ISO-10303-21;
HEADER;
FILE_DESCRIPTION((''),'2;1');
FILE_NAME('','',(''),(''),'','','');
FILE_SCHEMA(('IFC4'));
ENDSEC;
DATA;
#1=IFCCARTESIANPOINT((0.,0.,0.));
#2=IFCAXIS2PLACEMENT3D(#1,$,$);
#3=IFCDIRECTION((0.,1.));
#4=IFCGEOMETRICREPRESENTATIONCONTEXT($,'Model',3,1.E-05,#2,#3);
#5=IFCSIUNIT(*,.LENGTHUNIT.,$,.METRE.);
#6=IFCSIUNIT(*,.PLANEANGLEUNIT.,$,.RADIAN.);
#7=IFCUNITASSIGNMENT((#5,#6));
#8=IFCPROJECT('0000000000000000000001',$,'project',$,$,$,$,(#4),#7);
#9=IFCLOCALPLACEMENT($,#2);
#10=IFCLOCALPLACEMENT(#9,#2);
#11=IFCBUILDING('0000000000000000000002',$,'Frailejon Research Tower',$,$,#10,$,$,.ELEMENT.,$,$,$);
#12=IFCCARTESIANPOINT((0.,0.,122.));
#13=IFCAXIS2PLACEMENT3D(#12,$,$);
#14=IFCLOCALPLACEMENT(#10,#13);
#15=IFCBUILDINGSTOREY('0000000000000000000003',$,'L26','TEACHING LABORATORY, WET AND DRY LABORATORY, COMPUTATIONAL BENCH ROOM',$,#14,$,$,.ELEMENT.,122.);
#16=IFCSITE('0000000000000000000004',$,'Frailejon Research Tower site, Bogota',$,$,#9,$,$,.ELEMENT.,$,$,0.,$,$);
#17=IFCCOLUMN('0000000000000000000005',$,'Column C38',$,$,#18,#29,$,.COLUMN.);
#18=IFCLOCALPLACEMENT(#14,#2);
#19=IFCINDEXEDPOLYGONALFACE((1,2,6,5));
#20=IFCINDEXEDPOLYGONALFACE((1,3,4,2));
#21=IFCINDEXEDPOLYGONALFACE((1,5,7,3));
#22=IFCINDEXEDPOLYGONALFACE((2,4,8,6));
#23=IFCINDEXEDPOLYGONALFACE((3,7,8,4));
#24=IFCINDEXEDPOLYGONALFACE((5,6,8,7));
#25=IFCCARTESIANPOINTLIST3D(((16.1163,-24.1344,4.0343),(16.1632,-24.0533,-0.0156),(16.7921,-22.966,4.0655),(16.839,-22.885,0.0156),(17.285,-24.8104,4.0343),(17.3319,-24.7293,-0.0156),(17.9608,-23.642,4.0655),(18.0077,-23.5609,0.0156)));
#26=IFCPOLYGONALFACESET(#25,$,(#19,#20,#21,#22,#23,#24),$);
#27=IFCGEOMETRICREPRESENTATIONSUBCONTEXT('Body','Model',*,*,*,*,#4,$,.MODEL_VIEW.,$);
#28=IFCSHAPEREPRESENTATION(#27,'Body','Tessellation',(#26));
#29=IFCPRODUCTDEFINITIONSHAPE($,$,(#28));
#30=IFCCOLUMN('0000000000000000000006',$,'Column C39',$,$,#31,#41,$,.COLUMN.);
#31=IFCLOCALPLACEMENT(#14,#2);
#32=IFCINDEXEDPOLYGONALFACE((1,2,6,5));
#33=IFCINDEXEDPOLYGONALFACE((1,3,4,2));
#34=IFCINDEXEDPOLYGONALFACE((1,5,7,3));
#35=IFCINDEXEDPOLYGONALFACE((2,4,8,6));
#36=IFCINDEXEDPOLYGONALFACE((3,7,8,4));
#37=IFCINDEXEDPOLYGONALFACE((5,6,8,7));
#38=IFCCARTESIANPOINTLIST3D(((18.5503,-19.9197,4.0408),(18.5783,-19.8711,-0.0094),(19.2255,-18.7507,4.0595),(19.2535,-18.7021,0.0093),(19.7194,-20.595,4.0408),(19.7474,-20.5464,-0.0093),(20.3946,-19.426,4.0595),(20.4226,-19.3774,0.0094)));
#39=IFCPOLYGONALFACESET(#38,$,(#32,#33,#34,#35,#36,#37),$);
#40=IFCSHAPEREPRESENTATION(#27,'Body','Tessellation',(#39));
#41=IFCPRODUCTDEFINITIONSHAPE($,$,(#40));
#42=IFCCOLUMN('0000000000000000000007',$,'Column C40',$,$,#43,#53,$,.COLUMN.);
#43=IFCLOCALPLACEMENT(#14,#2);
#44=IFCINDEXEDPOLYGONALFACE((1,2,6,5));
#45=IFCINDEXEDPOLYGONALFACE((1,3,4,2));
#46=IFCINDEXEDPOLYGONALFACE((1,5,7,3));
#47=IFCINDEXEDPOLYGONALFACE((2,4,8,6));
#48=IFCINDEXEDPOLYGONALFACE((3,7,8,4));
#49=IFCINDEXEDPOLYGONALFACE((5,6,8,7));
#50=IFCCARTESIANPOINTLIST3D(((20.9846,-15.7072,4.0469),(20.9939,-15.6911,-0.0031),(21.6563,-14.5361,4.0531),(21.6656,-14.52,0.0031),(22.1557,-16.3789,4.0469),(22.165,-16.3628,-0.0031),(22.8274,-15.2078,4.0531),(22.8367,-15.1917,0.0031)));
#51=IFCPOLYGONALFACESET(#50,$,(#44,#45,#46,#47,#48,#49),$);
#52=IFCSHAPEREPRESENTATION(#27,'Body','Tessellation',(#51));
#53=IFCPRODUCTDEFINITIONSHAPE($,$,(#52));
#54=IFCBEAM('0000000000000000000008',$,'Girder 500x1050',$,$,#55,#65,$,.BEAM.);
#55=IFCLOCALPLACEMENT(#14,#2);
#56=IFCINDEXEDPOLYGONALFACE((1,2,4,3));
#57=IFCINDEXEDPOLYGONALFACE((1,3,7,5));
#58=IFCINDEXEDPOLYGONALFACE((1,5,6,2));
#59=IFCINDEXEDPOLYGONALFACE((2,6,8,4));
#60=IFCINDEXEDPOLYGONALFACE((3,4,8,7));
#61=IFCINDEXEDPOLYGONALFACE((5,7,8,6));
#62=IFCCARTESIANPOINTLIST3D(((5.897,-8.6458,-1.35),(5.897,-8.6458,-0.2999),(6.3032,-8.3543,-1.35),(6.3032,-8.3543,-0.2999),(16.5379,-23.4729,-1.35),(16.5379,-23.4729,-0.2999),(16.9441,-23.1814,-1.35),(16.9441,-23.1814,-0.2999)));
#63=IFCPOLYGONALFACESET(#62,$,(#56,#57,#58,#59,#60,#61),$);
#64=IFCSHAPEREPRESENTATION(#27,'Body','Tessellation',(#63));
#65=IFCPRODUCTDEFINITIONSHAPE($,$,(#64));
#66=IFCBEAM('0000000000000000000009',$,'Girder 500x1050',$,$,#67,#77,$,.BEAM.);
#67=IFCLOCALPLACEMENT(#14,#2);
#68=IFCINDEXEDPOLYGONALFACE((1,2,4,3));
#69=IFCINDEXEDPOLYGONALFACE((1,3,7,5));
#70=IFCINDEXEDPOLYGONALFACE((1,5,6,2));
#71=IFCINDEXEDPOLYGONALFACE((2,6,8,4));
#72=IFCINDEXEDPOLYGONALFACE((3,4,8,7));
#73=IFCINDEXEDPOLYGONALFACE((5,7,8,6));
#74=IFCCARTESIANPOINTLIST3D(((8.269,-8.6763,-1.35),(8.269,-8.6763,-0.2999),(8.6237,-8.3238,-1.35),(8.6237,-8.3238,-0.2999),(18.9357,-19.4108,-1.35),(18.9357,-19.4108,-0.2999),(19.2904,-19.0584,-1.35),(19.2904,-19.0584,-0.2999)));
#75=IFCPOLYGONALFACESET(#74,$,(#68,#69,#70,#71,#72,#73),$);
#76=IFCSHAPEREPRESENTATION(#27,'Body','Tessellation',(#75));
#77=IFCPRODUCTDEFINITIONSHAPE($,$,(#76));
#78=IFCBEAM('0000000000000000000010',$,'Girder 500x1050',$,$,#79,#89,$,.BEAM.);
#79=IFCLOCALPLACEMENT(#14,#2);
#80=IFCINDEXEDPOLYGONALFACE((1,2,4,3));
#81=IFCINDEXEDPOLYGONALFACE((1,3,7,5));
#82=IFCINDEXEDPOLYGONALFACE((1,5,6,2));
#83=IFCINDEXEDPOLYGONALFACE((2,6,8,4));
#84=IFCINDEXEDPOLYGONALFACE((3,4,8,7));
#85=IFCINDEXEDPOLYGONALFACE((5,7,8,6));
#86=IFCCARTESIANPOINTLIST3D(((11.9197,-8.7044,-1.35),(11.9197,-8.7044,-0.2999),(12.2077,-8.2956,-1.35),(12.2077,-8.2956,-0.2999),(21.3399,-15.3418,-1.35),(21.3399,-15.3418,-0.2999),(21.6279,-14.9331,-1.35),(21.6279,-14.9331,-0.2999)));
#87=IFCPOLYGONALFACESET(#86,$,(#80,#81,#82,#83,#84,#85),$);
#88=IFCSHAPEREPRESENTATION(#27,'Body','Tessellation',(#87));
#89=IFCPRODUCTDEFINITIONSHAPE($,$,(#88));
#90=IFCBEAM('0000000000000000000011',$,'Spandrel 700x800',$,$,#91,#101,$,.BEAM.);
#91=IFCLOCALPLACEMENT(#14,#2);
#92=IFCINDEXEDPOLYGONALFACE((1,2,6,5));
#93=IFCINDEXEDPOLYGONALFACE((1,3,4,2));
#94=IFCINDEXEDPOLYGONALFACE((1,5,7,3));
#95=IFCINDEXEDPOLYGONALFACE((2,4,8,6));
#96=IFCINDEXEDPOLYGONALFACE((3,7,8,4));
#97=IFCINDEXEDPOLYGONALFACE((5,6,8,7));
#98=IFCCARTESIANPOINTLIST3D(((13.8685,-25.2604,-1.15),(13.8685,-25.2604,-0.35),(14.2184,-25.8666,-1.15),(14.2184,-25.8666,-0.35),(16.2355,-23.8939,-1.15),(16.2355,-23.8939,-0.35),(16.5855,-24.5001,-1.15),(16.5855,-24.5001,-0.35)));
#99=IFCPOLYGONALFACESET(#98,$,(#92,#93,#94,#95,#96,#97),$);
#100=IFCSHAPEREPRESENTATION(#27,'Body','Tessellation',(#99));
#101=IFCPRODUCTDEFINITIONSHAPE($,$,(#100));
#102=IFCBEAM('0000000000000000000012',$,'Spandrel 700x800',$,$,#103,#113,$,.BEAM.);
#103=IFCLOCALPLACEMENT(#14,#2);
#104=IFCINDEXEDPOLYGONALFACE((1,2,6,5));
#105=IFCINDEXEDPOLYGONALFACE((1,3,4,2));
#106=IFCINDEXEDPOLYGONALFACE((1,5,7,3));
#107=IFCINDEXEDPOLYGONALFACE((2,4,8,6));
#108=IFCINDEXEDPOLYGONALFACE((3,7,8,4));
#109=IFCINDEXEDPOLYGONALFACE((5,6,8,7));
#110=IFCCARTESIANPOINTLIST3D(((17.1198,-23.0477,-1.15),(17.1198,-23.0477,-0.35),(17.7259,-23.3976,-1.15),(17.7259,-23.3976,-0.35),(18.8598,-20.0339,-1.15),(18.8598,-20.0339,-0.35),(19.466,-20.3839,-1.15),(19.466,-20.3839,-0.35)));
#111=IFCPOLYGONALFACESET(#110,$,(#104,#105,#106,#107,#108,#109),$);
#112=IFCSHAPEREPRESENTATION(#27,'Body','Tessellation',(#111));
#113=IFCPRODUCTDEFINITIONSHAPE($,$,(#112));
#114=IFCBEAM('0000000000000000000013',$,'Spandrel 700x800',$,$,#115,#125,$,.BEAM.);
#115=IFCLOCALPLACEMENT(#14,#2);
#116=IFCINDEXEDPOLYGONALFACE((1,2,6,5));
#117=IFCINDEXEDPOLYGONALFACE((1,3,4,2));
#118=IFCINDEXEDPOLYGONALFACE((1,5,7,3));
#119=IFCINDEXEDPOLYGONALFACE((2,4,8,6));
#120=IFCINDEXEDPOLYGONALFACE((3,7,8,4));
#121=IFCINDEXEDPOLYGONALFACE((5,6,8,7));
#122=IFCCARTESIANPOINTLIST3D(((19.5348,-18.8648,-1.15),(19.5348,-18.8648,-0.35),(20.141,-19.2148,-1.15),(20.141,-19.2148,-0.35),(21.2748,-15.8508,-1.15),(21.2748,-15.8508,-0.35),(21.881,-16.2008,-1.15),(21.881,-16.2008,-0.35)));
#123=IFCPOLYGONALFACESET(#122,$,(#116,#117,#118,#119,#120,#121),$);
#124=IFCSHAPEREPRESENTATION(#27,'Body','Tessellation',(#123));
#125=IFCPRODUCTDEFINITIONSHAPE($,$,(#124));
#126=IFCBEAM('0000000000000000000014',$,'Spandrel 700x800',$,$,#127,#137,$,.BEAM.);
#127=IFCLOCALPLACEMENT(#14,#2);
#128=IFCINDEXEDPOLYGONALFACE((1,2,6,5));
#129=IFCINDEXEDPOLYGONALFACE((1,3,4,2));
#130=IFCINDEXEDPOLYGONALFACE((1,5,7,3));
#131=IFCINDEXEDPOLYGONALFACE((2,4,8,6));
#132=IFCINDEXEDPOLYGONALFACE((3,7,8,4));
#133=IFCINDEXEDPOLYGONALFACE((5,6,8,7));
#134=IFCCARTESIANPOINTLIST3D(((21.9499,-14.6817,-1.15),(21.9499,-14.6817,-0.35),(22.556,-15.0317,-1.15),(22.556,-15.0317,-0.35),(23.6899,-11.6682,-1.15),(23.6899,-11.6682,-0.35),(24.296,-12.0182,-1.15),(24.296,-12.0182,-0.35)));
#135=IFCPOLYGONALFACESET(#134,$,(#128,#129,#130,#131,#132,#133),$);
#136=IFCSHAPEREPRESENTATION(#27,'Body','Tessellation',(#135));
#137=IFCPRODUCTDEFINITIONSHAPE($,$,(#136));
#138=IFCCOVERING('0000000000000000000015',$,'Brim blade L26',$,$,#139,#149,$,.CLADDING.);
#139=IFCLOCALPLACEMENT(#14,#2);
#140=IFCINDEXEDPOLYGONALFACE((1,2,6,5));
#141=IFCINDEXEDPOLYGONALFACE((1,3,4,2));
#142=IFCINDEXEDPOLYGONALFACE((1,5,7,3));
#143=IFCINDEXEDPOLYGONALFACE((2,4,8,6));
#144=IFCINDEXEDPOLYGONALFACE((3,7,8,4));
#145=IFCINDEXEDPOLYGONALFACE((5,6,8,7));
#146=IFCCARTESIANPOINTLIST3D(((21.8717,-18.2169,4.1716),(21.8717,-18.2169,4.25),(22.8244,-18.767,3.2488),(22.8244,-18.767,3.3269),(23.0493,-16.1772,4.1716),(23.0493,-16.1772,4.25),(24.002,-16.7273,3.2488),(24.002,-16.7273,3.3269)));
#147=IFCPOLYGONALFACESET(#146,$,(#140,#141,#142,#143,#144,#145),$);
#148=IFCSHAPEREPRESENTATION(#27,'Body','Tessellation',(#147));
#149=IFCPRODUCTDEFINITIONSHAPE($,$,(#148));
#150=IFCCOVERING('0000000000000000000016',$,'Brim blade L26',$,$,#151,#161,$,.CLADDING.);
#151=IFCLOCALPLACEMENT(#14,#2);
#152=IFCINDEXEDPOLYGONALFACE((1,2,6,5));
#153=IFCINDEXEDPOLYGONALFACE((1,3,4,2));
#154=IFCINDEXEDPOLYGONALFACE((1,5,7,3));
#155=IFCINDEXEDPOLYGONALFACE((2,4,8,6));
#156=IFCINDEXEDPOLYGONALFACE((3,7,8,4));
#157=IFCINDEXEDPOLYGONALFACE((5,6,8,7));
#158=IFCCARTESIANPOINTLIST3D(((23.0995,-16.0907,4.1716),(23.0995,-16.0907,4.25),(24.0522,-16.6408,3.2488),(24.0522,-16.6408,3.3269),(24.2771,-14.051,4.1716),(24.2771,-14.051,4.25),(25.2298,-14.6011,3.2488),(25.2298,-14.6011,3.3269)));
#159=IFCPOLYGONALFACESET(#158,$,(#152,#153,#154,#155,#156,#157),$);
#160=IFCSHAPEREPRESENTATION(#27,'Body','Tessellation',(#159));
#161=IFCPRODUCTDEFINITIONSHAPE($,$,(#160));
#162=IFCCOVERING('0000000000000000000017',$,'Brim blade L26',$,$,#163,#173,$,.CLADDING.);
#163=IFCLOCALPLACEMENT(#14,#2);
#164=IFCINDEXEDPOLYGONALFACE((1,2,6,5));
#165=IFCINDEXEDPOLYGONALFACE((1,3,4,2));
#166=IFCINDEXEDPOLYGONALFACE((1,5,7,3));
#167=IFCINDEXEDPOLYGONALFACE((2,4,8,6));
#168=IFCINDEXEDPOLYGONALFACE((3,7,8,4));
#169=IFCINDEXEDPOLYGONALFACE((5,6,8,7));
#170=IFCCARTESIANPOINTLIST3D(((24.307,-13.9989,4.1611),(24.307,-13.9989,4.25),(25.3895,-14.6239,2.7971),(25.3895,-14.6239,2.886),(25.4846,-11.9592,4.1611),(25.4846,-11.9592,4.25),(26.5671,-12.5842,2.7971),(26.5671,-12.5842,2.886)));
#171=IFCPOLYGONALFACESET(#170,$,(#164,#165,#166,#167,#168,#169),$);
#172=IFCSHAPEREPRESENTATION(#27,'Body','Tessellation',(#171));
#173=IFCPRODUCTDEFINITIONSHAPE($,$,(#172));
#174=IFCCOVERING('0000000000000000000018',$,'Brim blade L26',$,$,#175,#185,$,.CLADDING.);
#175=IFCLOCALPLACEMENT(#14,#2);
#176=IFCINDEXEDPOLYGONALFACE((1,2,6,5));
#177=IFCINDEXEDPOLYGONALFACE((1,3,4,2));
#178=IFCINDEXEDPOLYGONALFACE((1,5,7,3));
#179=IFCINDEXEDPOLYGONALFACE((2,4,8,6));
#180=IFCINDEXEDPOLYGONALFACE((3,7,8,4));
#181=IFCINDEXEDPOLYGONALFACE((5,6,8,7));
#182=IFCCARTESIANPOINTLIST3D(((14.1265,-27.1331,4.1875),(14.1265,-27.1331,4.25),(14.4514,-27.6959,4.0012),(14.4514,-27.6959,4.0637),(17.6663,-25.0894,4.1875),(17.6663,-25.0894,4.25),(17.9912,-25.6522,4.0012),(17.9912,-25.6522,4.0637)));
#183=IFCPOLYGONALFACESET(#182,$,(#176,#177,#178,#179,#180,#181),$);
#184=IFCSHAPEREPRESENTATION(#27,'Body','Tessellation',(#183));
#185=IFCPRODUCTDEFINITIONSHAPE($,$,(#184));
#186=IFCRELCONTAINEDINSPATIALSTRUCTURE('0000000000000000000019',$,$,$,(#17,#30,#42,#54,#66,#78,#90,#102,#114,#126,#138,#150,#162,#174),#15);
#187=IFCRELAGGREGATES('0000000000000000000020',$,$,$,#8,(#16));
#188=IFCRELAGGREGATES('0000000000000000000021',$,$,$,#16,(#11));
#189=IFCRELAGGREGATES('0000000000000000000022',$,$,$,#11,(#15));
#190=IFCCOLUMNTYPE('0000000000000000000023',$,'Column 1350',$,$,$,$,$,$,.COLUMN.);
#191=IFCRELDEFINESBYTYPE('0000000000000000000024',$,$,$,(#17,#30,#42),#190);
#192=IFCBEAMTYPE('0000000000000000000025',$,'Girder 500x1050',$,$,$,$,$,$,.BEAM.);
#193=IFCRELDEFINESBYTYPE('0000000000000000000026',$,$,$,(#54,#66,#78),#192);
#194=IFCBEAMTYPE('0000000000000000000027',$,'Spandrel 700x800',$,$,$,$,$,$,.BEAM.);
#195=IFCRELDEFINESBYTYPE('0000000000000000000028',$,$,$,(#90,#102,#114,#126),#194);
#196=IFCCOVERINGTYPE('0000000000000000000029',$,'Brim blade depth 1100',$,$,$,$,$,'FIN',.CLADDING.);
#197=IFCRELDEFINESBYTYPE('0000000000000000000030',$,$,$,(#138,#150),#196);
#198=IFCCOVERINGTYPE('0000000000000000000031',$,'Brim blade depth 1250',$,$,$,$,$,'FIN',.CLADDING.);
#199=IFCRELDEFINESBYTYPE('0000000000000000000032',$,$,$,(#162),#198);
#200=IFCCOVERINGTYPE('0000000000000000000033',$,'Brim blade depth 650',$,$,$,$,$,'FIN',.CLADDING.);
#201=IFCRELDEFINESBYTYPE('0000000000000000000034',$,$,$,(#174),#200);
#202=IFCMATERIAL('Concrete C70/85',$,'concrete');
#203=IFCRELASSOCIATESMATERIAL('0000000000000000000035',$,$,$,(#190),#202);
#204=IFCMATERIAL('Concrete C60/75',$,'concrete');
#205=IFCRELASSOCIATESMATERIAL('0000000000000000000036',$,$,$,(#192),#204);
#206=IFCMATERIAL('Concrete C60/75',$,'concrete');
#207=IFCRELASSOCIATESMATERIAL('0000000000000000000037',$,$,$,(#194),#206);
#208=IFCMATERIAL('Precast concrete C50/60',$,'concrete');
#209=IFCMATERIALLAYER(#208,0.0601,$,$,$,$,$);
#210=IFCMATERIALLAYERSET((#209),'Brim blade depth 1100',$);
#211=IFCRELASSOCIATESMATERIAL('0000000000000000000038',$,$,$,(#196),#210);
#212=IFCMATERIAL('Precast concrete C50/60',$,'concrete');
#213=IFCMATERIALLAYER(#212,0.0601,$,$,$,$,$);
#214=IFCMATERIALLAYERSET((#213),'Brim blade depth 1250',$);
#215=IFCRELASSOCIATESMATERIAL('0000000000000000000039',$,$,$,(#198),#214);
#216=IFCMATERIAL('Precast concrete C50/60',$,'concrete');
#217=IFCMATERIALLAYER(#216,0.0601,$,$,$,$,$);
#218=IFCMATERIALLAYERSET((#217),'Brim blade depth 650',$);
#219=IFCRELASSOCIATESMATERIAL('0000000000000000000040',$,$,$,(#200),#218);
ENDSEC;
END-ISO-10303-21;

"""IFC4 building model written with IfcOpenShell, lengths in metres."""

from ifc_helpers import new_model, si_unit, direction, frame, origin, origin_2d, place, context, subcontext, project, spatial, polyline, rectangle, outline, extrude, material, layer, layer_set, material_profile, profile_set, type_object, element, save


model = new_model("IFC4")

# Units and contexts
model_context = context("Model", 3, precision=1e-05, world=origin(), true_north=direction((0.0, 1.0)))
body_context = subcontext(model_context, "Body", "Model", "MODEL_VIEW")
ifc_project = project(units=[si_unit("LENGTHUNIT", "METRE"), si_unit("PLANEANGLEUNIT", "RADIAN")], contexts=[model_context])

# Site, building, storey
site_placement = place(None, origin())
site = spatial("IfcSite", under=ifc_project, at=site_placement, Name="Frailejon Research Tower site, Bogota", CompositionType="ELEMENT", RefElevation=0.0)
building_placement = place(site_placement, origin())
building = spatial("IfcBuilding", under=site, at=building_placement, Name="Frailejon Research Tower", CompositionType="ELEMENT")
storey_placement = place(building_placement, frame((0.0, 0.0, 122.0)))
storey = spatial("IfcBuildingStorey", under=building, at=storey_placement, Name="L26", Description="TEACHING LABORATORY, WET AND DRY LABORATORY, COMPUTATIONAL BENCH ROOM", CompositionType="ELEMENT", Elevation=122.0)

# Columns
ifc_material_1 = material(Name="Concrete C70/85", Category="concrete")
ifc_material_profile_1 = material_profile(ifc_material_1, rectangle(XDim=1.3501, YDim=1.3501, at=origin_2d()), Name="Column 1350")
ifc_profile_set_1 = profile_set([ifc_material_profile_1], Name="Concrete C70/85")
column_type = type_object("IfcColumnType", Name="Column 1350", PredefinedType="COLUMN", material=ifc_profile_set_1)
column_1_placement = place(storey_placement, frame((17.0854, -23.8071, 0.0), z_axis=(-0.011571, -0.020008, 0.999733), x_axis=(0.500541, 0.865404, 0.023113)))
element("IfcColumn", 1, at=column_1_placement, inside=storey, type_object=column_type, Name="Column C38", PredefinedType="COLUMN", context=body_context, shape_type="SweptSolid", body=[
    extrude(rectangle(XDim=1.3501, YDim=1.3501, at=origin_2d()), origin(), (0.0, 0.0, 1.0), 4.051),
])
column_2_placement = place(storey_placement, frame((19.5005, -19.6243, 0.0), z_axis=(-0.006932, -0.011995, 0.999904), x_axis=(0.500107, 0.865853, 0.013854)))
element("IfcColumn", 2, at=column_2_placement, inside=storey, type_object=column_type, Name="Column C39", PredefinedType="COLUMN", context=body_context, shape_type="SweptSolid", body=[
    extrude(rectangle(XDim=1.3501, YDim=1.3501, at=origin_2d()), origin(), (0.0, 0.0, 1.0), 4.0505),
])
column_3_placement = place(storey_placement, frame((21.9153, -15.4414, 0.0), z_axis=(-0.002291, -0.003978, 0.999989), x_axis=(0.497534, 0.867433, 0.004591)))
element("IfcColumn", 3, at=column_3_placement, inside=storey, type_object=column_type, Name="Column C40", PredefinedType="COLUMN", context=body_context, shape_type="SweptSolid", body=[
    extrude(rectangle(XDim=1.3501, YDim=1.3501, at=origin_2d()), origin(), (0.0, 0.0, 1.0), 4.05),
])

# Beams
ifc_material_2 = material(Name="Concrete C60/75", Category="concrete")
ifc_material_profile_2 = material_profile(ifc_material_2, rectangle(XDim=0.5, YDim=1.05, at=origin_2d()), Name="Girder 500x1050")
ifc_profile_set_2 = profile_set([ifc_material_profile_2], Name="Concrete C60/75")
beam_type_1 = type_object("IfcBeamType", Name="Girder 500x1050", PredefinedType="BEAM", material=ifc_profile_set_2)
beam_1_placement = place(storey_placement, frame((16.741, -23.3271, -0.825), z_axis=(-0.583053, 0.812434, 0.0), x_axis=(-0.812434, -0.583053, 0.0)))
element("IfcBeam", 4, at=beam_1_placement, inside=storey, type_object=beam_type_1, Name="Girder 500x1050", PredefinedType="BEAM", context=body_context, shape_type="SweptSolid", body=[
    extrude(rectangle(XDim=0.5, YDim=1.05, at=origin_2d()), origin(), (0.0, 0.0, 1.0), 18.2502),
])
beam_2_placement = place(storey_placement, frame((19.113, -19.2346, -0.825), z_axis=(-0.704861, 0.709346, 0.0), x_axis=(-0.709346, -0.704861, 0.0)))
element("IfcBeam", 5, at=beam_2_placement, inside=storey, type_object=beam_type_1, Name="Girder 500x1050", PredefinedType="BEAM", context=body_context, shape_type="SweptSolid", body=[
    extrude(rectangle(XDim=0.5, YDim=1.05, at=origin_2d()), origin(), (0.0, 0.0, 1.0), 15.1331),
])
beam_3_placement = place(storey_placement, frame((21.4839, -15.1375, -0.825), z_axis=(-0.817461, 0.575983, 0.0), x_axis=(-0.575983, -0.817461, 0.0)))
element("IfcBeam", 6, at=beam_3_placement, inside=storey, type_object=beam_type_1, Name="Girder 500x1050", PredefinedType="BEAM", context=body_context, shape_type="SweptSolid", body=[
    extrude(rectangle(XDim=0.5, YDim=1.05, at=origin_2d()), origin(), (0.0, 0.0, 1.0), 11.5237),
])
ifc_material_3 = material(Name="Concrete C60/75", Category="concrete")
ifc_material_profile_3 = material_profile(ifc_material_3, rectangle(XDim=0.7, YDim=0.8, at=origin_2d()), Name="Spandrel 700x800")
ifc_profile_set_3 = profile_set([ifc_material_profile_3], Name="Concrete C60/75")
beam_type_2 = type_object("IfcBeamType", Name="Spandrel 700x800", PredefinedType="BEAM", material=ifc_profile_set_3)
beam_4_placement = place(storey_placement, frame((14.0435, -25.5635, -0.75), z_axis=(0.866041, 0.499972, 0.0), x_axis=(-0.499972, 0.866041, 0.0)))
element("IfcBeam", 7, at=beam_4_placement, inside=storey, type_object=beam_type_2, Name="Spandrel 700x800", PredefinedType="BEAM", context=body_context, shape_type="SweptSolid", body=[
    extrude(rectangle(XDim=0.7, YDim=0.8, at=origin_2d()), origin(), (0.0, 0.0, 1.0), 2.7332),
])
beam_5_placement = place(storey_placement, frame((17.4229, -23.2227, -0.75), z_axis=(0.50001, 0.86602, 0.0), x_axis=(-0.86602, 0.50001, 0.0)))
element("IfcBeam", 8, at=beam_5_placement, inside=storey, type_object=beam_type_2, Name="Spandrel 700x800", PredefinedType="BEAM", context=body_context, shape_type="SweptSolid", body=[
    extrude(rectangle(XDim=0.7, YDim=0.8, at=origin_2d()), origin(), (0.0, 0.0, 1.0), 3.48),
])
beam_6_placement = place(storey_placement, frame((19.8379, -19.0398, -0.75), z_axis=(0.49998, 0.866037, 0.0), x_axis=(-0.866037, 0.49998, 0.0)))
element("IfcBeam", 9, at=beam_6_placement, inside=storey, type_object=beam_type_2, Name="Spandrel 700x800", PredefinedType="BEAM", context=body_context, shape_type="SweptSolid", body=[
    extrude(rectangle(XDim=0.7, YDim=0.8, at=origin_2d()), origin(), (0.0, 0.0, 1.0), 3.4802),
])
beam_7_placement = place(storey_placement, frame((22.2529, -14.8567, -0.75), z_axis=(0.50004, 0.866002, 0.0), x_axis=(-0.866002, 0.50004, 0.0)))
element("IfcBeam", 10, at=beam_7_placement, inside=storey, type_object=beam_type_2, Name="Spandrel 700x800", PredefinedType="BEAM", context=body_context, shape_type="SweptSolid", body=[
    extrude(rectangle(XDim=0.7, YDim=0.8, at=origin_2d()), origin(), (0.0, 0.0, 1.0), 3.4797),
])

# Coverings
ifc_material_4 = material(Name="Precast concrete C50/60", Category="concrete")
ifc_layer_1 = layer(ifc_material_4, 0.0601)
ifc_layer_set_1 = layer_set([ifc_layer_1], Name="Brim blade depth 1100")
covering_type_1 = type_object("IfcCoveringType", Name="Brim blade depth 1100", ElementType="FIN", PredefinedType="CLADDING", material=ifc_layer_set_1)
for number, where, z_axis, x_axis, name in (
    (11, (23.0493, -16.1772, 4.25), (-0.499997, -0.866027, 0.0), (0.866027, -0.499997, 0.0), "Brim blade L26"),
    (12, (24.2771, -14.051, 4.25), (-0.500006, -0.866022, 0.0), (0.866022, -0.500006, 0.0), "Brim blade L26"),
):
    element("IfcCovering", number, at=place(storey_placement, frame(where, z_axis=z_axis, x_axis=x_axis)), inside=storey, type_object=covering_type_1, Name=name, PredefinedType="CLADDING", context=body_context, shape_type="SweptSolid", body=[
        extrude(outline(polyline([(0.0, -0.0784), (1.1001, -1.0012), (1.1001, -0.9231), (0.0, 0.0), (0.0, -0.0784)])), origin(), (0.0, 0.0, 1.0), 2.3552),
    ])
ifc_material_5 = material(Name="Precast concrete C50/60", Category="concrete")
ifc_layer_2 = layer(ifc_material_5, 0.0601)
ifc_layer_set_2 = layer_set([ifc_layer_2], Name="Brim blade depth 1250")
covering_type_2 = type_object("IfcCoveringType", Name="Brim blade depth 1250", ElementType="FIN", PredefinedType="CLADDING", material=ifc_layer_set_2)
covering_1_placement = place(storey_placement, frame((25.4846, -11.9592, 4.25), z_axis=(-0.500006, -0.866022, 0.0), x_axis=(0.866022, -0.500006, 0.0)))
element("IfcCovering", 13, at=covering_1_placement, inside=storey, type_object=covering_type_2, Name="Brim blade L26", PredefinedType="CLADDING", context=body_context, shape_type="SweptSolid", body=[
    extrude(outline(polyline([(0.0, -0.0889), (1.25, -1.4529), (1.25, -1.364), (0.0, 0.0), (0.0, -0.0889)])), origin(), (0.0, 0.0, 1.0), 2.3552),
])
ifc_material_6 = material(Name="Precast concrete C50/60", Category="concrete")
ifc_layer_3 = layer(ifc_material_6, 0.0601)
ifc_layer_set_3 = layer_set([ifc_layer_3], Name="Brim blade depth 650")
covering_type_3 = type_object("IfcCoveringType", Name="Brim blade depth 650", ElementType="FIN", PredefinedType="CLADDING", material=ifc_layer_set_3)
covering_2_placement = place(storey_placement, frame((17.6663, -25.0894, 4.25), z_axis=(-0.866021, -0.500007, 0.0), x_axis=(0.500007, -0.866021, 0.0)))
element("IfcCovering", 14, at=covering_2_placement, inside=storey, type_object=covering_type_3, Name="Brim blade L26", PredefinedType="CLADDING", context=body_context, shape_type="SweptSolid", body=[
    extrude(outline(polyline([(0.0, -0.0625), (0.6499, -0.2488), (0.6499, -0.1863), (0.0, 0.0), (0.0, -0.0625)])), origin(), (0.0, 0.0, 1.0), 4.0874),
])

save(model, "model.ifc")
